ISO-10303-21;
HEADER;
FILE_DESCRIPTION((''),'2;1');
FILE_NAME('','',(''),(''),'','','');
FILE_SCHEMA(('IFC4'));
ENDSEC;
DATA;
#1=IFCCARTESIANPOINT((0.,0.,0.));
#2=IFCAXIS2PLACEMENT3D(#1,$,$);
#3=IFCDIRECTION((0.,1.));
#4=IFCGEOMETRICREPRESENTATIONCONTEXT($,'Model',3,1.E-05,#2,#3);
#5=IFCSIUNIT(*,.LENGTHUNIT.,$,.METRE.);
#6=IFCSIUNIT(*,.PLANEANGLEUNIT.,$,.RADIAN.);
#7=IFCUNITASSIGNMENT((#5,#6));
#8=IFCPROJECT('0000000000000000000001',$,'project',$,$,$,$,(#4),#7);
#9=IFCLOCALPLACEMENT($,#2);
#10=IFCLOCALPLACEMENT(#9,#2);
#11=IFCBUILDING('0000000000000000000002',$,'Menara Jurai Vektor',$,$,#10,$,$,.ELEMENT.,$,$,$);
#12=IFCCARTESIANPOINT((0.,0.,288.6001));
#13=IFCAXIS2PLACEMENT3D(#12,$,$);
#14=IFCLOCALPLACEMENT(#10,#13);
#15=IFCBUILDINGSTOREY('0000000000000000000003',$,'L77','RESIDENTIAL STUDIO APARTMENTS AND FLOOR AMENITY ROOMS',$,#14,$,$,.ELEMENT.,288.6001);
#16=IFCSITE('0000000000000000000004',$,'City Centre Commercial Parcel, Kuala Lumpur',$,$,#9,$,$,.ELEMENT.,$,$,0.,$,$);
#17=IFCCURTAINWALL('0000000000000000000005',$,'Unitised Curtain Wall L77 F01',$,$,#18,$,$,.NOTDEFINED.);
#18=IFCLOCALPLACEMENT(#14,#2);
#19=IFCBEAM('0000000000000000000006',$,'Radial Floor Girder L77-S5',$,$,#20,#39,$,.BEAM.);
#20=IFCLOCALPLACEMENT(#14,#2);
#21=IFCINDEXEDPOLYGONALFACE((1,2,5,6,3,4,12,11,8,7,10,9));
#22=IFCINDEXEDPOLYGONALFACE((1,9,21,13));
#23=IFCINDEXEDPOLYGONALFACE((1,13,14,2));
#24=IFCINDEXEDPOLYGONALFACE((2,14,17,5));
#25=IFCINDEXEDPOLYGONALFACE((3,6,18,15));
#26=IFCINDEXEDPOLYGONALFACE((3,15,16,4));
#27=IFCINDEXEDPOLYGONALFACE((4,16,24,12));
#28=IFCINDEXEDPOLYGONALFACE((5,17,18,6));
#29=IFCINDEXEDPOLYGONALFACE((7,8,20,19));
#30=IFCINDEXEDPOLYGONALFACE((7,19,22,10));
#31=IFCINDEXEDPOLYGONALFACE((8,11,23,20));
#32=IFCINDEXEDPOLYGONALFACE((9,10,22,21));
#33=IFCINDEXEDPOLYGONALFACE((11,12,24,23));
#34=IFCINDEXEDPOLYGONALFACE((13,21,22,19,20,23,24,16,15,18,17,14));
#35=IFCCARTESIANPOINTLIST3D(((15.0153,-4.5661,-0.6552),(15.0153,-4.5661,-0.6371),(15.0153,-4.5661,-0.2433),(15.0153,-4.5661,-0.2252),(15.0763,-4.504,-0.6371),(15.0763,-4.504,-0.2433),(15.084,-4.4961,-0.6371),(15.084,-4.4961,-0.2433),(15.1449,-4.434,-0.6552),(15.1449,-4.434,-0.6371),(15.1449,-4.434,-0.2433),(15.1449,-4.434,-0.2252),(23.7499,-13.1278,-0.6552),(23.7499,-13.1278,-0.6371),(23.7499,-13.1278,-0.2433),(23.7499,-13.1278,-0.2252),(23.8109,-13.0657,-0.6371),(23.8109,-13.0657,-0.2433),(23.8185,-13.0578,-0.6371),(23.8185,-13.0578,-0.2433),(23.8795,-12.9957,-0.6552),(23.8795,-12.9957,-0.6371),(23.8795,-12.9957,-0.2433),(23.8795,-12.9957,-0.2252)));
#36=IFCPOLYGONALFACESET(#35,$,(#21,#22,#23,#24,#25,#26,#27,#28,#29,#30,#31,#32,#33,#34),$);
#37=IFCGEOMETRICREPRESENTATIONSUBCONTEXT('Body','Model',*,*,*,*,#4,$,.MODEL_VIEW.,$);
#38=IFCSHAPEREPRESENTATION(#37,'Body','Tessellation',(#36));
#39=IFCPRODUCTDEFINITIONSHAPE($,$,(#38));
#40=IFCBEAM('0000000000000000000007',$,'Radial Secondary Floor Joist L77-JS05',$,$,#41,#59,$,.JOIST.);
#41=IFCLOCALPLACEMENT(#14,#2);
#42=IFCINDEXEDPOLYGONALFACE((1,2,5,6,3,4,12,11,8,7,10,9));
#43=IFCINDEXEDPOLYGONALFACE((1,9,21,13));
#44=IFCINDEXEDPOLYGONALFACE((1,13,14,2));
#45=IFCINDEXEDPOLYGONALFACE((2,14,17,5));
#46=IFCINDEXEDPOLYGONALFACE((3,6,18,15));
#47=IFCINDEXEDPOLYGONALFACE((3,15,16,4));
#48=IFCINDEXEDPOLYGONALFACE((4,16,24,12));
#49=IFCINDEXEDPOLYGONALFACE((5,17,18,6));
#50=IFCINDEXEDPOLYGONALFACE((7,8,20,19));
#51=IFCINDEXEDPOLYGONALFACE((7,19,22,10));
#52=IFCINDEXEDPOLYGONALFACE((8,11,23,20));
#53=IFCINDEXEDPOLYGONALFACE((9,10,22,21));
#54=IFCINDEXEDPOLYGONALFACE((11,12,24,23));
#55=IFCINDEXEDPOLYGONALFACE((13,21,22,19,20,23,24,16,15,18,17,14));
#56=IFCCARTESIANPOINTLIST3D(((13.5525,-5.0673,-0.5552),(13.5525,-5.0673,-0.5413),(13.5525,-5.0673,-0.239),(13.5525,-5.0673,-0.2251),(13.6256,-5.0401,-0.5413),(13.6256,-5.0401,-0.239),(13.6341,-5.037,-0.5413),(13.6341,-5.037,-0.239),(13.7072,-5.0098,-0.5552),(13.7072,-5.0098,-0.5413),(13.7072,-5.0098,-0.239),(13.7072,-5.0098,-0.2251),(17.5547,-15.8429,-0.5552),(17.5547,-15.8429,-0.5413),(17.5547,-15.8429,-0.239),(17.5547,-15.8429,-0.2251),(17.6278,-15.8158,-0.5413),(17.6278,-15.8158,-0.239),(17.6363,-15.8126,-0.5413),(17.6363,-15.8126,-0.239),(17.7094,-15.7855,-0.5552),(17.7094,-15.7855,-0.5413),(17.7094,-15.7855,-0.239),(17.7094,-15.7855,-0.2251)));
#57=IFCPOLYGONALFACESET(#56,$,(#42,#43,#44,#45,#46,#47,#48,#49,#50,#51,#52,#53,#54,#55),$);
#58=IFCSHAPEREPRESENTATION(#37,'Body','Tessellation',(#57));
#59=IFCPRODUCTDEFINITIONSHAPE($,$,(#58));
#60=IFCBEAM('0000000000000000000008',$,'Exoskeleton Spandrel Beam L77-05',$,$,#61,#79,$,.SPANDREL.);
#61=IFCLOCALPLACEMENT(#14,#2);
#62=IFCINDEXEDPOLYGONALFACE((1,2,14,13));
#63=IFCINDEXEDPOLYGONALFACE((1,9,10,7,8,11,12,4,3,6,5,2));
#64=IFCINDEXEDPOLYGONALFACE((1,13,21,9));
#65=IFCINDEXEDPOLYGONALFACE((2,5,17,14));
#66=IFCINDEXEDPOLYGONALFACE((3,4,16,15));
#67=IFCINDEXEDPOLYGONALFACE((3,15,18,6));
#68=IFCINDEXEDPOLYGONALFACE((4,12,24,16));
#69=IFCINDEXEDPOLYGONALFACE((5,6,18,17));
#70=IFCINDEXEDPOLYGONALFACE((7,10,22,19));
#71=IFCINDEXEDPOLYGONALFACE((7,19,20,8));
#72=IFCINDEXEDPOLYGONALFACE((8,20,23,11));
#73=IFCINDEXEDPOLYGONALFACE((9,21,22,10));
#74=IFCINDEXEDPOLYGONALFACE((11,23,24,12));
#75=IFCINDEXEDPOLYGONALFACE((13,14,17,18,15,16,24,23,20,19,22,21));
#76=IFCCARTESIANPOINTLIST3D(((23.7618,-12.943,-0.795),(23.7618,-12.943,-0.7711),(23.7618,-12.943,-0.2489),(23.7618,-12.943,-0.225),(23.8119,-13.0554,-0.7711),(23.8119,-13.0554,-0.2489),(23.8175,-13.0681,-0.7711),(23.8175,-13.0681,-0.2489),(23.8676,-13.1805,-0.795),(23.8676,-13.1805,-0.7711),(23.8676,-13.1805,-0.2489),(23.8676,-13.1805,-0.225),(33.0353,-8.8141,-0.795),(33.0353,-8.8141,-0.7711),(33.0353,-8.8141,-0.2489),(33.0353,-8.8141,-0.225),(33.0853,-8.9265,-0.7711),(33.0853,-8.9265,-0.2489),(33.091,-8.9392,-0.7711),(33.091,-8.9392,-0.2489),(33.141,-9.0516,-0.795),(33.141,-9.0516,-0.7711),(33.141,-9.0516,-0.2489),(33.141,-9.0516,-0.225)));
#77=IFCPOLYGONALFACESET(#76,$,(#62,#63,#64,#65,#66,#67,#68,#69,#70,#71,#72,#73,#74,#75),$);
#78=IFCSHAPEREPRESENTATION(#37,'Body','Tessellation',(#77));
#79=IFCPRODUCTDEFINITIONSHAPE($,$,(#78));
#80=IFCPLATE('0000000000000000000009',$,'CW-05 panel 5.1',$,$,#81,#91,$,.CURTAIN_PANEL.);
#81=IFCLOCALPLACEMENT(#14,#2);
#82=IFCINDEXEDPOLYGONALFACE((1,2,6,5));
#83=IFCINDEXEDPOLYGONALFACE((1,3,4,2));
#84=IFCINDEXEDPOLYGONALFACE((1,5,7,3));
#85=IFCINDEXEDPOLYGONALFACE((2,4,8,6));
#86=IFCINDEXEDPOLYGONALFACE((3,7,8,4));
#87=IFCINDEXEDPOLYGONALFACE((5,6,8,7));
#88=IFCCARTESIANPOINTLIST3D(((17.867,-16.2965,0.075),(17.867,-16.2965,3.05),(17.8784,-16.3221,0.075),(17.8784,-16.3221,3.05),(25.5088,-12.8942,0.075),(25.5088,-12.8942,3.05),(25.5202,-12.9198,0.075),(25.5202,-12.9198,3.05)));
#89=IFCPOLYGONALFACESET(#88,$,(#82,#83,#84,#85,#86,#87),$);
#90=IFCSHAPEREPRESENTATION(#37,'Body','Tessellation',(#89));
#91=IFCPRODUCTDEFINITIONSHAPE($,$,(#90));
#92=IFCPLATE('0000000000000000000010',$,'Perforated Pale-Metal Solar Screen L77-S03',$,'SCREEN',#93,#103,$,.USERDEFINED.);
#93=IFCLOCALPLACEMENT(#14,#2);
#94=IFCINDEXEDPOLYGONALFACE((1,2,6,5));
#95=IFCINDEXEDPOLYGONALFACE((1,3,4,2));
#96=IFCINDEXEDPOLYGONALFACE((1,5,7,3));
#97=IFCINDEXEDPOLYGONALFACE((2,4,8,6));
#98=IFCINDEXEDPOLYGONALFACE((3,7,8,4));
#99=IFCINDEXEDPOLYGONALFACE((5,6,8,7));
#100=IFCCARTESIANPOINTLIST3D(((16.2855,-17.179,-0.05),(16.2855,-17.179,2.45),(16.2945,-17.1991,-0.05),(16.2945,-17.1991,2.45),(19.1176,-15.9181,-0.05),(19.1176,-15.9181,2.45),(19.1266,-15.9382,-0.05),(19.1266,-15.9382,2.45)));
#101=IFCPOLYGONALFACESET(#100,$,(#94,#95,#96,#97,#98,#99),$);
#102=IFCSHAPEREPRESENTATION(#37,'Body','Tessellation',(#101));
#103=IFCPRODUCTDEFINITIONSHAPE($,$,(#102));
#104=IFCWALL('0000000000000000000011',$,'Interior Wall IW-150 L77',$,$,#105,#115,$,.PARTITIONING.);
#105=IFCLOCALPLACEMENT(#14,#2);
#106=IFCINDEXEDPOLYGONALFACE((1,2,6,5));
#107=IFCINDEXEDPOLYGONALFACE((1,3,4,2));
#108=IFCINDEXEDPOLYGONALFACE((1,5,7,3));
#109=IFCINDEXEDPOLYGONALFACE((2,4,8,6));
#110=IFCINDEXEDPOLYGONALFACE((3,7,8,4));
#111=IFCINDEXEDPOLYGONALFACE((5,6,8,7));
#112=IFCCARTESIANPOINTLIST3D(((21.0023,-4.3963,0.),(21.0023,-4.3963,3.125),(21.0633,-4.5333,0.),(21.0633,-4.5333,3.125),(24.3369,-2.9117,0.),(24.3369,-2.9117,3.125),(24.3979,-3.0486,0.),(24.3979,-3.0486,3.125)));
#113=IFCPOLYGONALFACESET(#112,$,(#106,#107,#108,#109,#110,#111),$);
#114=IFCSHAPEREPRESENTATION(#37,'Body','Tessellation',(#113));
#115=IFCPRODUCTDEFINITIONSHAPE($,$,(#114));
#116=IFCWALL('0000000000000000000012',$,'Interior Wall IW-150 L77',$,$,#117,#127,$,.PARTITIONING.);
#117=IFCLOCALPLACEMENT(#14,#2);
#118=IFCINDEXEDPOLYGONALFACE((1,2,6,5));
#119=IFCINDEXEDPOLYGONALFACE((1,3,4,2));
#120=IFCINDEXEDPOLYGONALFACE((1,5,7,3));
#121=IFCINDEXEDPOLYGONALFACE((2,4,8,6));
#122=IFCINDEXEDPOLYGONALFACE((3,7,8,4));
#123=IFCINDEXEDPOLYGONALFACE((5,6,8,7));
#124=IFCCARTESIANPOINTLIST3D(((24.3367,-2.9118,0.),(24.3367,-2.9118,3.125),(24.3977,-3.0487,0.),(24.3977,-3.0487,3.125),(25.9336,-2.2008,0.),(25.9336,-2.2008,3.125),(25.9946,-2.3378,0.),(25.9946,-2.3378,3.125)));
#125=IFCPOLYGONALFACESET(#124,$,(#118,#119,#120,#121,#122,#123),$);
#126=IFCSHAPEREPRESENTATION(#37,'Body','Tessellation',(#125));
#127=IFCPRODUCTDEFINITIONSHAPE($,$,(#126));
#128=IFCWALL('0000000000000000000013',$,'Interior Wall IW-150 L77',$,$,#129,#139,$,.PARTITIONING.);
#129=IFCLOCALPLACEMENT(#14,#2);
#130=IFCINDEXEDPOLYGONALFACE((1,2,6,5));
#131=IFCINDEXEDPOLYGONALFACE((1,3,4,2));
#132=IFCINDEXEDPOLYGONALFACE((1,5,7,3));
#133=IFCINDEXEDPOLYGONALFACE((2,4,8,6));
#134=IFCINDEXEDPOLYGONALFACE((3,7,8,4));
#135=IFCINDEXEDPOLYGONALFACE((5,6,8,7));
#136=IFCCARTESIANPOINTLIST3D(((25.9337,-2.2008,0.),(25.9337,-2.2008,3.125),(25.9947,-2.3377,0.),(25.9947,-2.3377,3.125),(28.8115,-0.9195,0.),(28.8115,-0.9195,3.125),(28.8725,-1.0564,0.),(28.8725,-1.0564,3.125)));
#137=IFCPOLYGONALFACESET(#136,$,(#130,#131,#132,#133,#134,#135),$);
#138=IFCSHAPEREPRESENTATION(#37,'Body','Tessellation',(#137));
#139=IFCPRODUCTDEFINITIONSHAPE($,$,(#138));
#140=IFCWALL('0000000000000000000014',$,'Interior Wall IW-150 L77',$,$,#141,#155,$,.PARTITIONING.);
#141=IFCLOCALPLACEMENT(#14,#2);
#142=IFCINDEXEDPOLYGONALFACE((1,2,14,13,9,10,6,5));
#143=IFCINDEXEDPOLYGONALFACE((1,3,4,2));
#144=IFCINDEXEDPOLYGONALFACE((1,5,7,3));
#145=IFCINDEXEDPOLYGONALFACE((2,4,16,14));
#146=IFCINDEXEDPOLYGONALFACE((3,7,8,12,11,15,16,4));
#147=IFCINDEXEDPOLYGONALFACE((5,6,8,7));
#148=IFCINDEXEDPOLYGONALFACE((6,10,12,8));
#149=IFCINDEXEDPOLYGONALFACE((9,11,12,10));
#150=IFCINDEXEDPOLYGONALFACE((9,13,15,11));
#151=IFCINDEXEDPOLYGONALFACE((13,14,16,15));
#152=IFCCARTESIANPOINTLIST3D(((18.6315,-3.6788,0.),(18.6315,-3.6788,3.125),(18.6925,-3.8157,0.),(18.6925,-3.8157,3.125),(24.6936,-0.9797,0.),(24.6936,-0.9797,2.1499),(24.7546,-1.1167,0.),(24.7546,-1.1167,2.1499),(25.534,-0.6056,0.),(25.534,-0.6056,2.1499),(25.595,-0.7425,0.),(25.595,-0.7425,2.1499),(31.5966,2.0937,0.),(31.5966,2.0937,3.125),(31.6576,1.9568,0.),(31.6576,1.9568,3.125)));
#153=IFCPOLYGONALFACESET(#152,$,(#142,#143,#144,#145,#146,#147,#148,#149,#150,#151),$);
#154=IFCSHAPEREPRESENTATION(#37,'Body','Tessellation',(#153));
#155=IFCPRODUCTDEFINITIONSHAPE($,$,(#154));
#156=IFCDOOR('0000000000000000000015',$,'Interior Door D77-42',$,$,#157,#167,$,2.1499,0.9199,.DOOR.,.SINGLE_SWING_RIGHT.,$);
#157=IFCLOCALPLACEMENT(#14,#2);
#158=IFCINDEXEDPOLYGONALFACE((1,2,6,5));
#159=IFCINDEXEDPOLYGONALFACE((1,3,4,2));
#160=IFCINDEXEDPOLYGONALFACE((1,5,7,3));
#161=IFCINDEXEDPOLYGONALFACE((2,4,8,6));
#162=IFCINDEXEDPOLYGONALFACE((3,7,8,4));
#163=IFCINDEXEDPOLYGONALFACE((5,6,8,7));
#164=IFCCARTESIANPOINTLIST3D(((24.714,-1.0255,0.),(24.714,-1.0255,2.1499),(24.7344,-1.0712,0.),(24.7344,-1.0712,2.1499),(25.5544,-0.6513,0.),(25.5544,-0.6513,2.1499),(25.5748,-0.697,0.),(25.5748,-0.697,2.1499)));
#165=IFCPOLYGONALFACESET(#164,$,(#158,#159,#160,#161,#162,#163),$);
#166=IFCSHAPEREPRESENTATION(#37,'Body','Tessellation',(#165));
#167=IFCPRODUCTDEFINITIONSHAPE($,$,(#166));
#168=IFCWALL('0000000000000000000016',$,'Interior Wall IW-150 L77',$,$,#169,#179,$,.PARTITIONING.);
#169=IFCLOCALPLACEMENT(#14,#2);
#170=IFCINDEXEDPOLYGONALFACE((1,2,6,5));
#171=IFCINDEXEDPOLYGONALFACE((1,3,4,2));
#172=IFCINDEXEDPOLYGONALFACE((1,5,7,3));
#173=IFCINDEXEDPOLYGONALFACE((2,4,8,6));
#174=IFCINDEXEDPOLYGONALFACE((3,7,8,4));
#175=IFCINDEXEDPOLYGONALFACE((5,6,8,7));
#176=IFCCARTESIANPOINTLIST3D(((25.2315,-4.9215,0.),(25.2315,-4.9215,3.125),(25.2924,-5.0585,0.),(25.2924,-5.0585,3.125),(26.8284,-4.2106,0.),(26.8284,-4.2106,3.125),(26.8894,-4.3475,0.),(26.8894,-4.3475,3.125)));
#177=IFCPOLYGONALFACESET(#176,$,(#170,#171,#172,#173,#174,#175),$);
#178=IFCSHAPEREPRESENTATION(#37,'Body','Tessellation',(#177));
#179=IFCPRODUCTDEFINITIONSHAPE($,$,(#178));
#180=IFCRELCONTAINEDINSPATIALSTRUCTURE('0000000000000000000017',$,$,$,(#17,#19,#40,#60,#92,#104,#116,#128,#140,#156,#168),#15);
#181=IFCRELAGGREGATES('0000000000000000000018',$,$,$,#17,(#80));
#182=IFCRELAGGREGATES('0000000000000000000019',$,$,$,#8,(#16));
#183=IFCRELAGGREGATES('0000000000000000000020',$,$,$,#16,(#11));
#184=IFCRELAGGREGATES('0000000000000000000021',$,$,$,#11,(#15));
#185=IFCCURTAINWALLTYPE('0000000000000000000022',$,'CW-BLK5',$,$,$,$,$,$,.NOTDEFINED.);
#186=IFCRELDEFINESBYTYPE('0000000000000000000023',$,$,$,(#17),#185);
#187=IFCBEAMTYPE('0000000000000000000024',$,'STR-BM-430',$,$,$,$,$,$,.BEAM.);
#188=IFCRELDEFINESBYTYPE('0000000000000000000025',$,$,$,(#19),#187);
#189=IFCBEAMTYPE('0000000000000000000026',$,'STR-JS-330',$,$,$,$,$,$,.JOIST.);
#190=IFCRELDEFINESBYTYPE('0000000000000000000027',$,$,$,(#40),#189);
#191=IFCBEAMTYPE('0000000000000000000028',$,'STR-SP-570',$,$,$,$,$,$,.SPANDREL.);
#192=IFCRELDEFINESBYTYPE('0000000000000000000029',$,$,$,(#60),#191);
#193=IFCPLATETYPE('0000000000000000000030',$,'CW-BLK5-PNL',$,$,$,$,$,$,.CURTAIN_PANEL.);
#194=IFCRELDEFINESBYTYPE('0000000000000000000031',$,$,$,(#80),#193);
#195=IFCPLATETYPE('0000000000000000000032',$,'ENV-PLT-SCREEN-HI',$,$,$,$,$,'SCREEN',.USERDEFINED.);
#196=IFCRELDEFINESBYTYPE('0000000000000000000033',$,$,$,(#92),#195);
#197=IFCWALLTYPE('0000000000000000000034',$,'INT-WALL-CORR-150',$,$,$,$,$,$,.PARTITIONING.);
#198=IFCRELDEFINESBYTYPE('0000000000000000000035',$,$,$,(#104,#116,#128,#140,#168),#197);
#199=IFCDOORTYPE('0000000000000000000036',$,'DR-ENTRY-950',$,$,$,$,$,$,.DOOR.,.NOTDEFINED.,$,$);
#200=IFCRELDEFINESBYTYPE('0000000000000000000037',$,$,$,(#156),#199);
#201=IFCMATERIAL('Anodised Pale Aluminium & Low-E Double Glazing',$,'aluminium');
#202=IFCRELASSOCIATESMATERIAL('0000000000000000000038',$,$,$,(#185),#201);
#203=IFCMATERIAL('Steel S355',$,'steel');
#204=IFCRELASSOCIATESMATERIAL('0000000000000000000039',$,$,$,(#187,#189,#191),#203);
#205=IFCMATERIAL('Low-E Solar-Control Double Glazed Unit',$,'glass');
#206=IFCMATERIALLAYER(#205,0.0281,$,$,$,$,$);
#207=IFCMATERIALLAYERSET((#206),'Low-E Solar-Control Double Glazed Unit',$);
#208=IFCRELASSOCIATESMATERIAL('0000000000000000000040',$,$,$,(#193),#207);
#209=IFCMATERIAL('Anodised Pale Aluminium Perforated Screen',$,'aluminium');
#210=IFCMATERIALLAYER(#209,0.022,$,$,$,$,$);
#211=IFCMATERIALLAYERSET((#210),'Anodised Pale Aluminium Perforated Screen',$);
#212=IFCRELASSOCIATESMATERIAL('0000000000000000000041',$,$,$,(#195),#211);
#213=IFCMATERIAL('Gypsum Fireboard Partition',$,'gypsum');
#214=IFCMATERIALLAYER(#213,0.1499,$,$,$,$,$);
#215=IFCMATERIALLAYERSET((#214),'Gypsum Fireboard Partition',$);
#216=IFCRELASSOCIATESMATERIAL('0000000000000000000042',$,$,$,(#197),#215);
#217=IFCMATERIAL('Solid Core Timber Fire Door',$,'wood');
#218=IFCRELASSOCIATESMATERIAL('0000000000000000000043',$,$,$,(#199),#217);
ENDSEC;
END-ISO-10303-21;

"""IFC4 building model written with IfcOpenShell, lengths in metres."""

from ifc_helpers import new_model, si_unit, direction, frame, frame_2d, origin, origin_2d, place, context, subcontext, project, spatial, rectangle, i_section, extrude, material, layer, layer_set, material_profile, profile_set, type_object, element, fill, aggregate, save


model = new_model("IFC4")

# Units and contexts
model_context = context("Model", 3, precision=1e-05, world=origin(), true_north=direction((0.0, 1.0)))
body_context = subcontext(model_context, "Body", "Model", "MODEL_VIEW")
ifc_project = project(units=[si_unit("LENGTHUNIT", "METRE"), si_unit("PLANEANGLEUNIT", "RADIAN")], contexts=[model_context])

# Site, building, storey
site_placement = place(None, origin())
site = spatial("IfcSite", under=ifc_project, at=site_placement, Name="City Centre Commercial Parcel, Kuala Lumpur", CompositionType="ELEMENT", RefElevation=0.0)
building_placement = place(site_placement, origin())
building = spatial("IfcBuilding", under=site, at=building_placement, Name="Menara Jurai Vektor", CompositionType="ELEMENT")
storey_placement = place(building_placement, frame((0.0, 0.0, 288.6001)))
storey = spatial("IfcBuildingStorey", under=building, at=storey_placement, Name="L77", Description="RESIDENTIAL STUDIO APARTMENTS AND FLOOR AMENITY ROOMS", CompositionType="ELEMENT", Elevation=288.6001)

# Curtain wall
ifc_material_1 = material(Name="Anodised Pale Aluminium & Low-E Double Glazing", Category="aluminium")
curtain_wall_type = type_object("IfcCurtainWallType", Name="CW-BLK5", PredefinedType="NOTDEFINED", material=ifc_material_1)
curtain_wall_placement = place(storey_placement, origin())
curtain_wall = element("IfcCurtainWall", 1, at=curtain_wall_placement, inside=storey, type_object=curtain_wall_type, Name="Unitised Curtain Wall L77 F01", PredefinedType="NOTDEFINED")

# Beams
ifc_material_2 = material(Name="Steel S355", Category="steel")
ifc_material_profile_1 = material_profile(ifc_material_2, i_section(OverallWidth=0.1851, OverallDepth=0.4299, WebThickness=0.011, FlangeThickness=0.0181, at=origin_2d()), Name="PG 430x185x76")
ifc_profile_set_1 = profile_set([ifc_material_profile_1], Name="Steel S355")
beam_type_1 = type_object("IfcBeamType", Name="STR-BM-430", PredefinedType="BEAM", material=ifc_profile_set_1)
beam_1_placement = place(storey_placement, frame((23.8147, -13.0618, -0.4402), z_axis=(-0.714138, 0.700005, 0.0), x_axis=(-0.700005, -0.714138, 0.0)))
element("IfcBeam", 2, at=beam_1_placement, inside=storey, type_object=beam_type_1, Name="Radial Floor Girder L77-S5", PredefinedType="BEAM", context=body_context, shape_type="SweptSolid", body=[
    extrude(i_section(OverallWidth=0.1851, OverallDepth=0.4299, WebThickness=0.011, FlangeThickness=0.0181, at=origin_2d()), origin(), (0.0, 0.0, 1.0), 12.231),
])
ifc_material_profile_2 = material_profile(ifc_material_2, i_section(OverallWidth=0.165, OverallDepth=0.3301, WebThickness=0.009, FlangeThickness=0.0139, at=origin_2d()), Name="PG 330x165x46")
ifc_profile_set_2 = profile_set([ifc_material_profile_2], Name="Steel S355")
beam_type_2 = type_object("IfcBeamType", Name="STR-JS-330", PredefinedType="JOIST", material=ifc_profile_set_2)
beam_2_placement = place(storey_placement, frame((17.6321, -15.8142, -0.3901), z_axis=(-0.348173, 0.93743, 0.0), x_axis=(-0.93743, -0.348173, 0.0)))
element("IfcBeam", 3, at=beam_2_placement, inside=storey, type_object=beam_type_2, Name="Radial Secondary Floor Joist L77-JS05", PredefinedType="JOIST", context=body_context, shape_type="SweptSolid", body=[
    extrude(i_section(OverallWidth=0.165, OverallDepth=0.3301, WebThickness=0.009, FlangeThickness=0.0139, at=origin_2d()), origin(), (0.0, 0.0, 1.0), 11.4949),
])
ifc_material_profile_3 = material_profile(ifc_material_2, i_section(OverallWidth=0.26, OverallDepth=0.5701, WebThickness=0.0139, FlangeThickness=0.0239, at=origin_2d()), Name="PG 570x260x145")
ifc_profile_set_3 = profile_set([ifc_material_profile_3], Name="Steel S355")
beam_type_3 = type_object("IfcBeamType", Name="STR-SP-570", PredefinedType="SPANDREL", material=ifc_profile_set_3)
beam_3_placement = place(storey_placement, frame((23.8147, -13.0618, -0.51), z_axis=(0.913542, 0.406745, 0.0), x_axis=(-0.406745, 0.913542, 0.0)))
element("IfcBeam", 4, at=beam_3_placement, inside=storey, type_object=beam_type_3, Name="Exoskeleton Spandrel Beam L77-05", PredefinedType="SPANDREL", context=body_context, shape_type="SweptSolid", body=[
    extrude(i_section(OverallWidth=0.26, OverallDepth=0.5701, WebThickness=0.0139, FlangeThickness=0.0239, at=origin_2d()), origin(), (0.0, 0.0, 1.0), 10.1511),
])

# Plates
ifc_material_3 = material(Name="Low-E Solar-Control Double Glazed Unit", Category="glass")
ifc_layer_1 = layer(ifc_material_3, 0.0281)
ifc_layer_set_1 = layer_set([ifc_layer_1], Name="Low-E Solar-Control Double Glazed Unit")
plate_type_1 = type_object("IfcPlateType", Name="CW-BLK5-PNL", PredefinedType="CURTAIN_PANEL", material=ifc_layer_set_1)
plate_1_placement = place(storey_placement, frame((21.6936, -14.6082, 0.075), z_axis=(0.0, 0.0, 1.0), x_axis=(0.913546, 0.406735, 0.0)))
plate_1 = element("IfcPlate", 5, at=plate_1_placement, type_object=plate_type_1, Name="CW-05 panel 5.1", PredefinedType="CURTAIN_PANEL", context=body_context, shape_type="SweptSolid", body=[
    extrude(rectangle(XDim=8.365, YDim=0.0281, at=origin_2d()), origin(), (0.0, 0.0, 1.0), 2.9751),
])
aggregate(curtain_wall, [plate_1])
ifc_material_4 = material(Name="Anodised Pale Aluminium Perforated Screen", Category="aluminium")
ifc_layer_2 = layer(ifc_material_4, 0.022)
ifc_layer_set_2 = layer_set([ifc_layer_2], Name="Anodised Pale Aluminium Perforated Screen")
plate_type_2 = type_object("IfcPlateType", Name="ENV-PLT-SCREEN-HI", ElementType="SCREEN", PredefinedType="USERDEFINED", material=ifc_layer_set_2)
plate_2_placement = place(storey_placement, frame((17.7061, -16.5586, -0.05), z_axis=(0.0, 0.0, 1.0), x_axis=(0.913545, 0.406737, 0.0)))
element("IfcPlate", 6, at=plate_2_placement, inside=storey, type_object=plate_type_2, Name="Perforated Pale-Metal Solar Screen L77-S03", ObjectType="SCREEN", PredefinedType="USERDEFINED", context=body_context, shape_type="SweptSolid", body=[
    extrude(rectangle(XDim=3.1001, YDim=0.022, at=origin_2d()), origin(), (0.0, 0.0, 1.0), 2.5),
])

# Walls
ifc_material_5 = material(Name="Gypsum Fireboard Partition", Category="gypsum")
ifc_layer_3 = layer(ifc_material_5, 0.1499)
ifc_layer_set_3 = layer_set([ifc_layer_3], Name="Gypsum Fireboard Partition")
wall_type_1 = type_object("IfcWallType", Name="INT-WALL-CORR-150", PredefinedType="PARTITIONING", material=ifc_layer_set_3)
wall_1_placement = place(storey_placement, frame((21.0327, -4.4648, 0.0), z_axis=(0.0, 0.0, 1.0), x_axis=(0.913544, 0.40674, 0.0)))
element("IfcWall", 7, at=wall_1_placement, inside=storey, type_object=wall_type_1, Name="Interior Wall IW-150 L77", PredefinedType="PARTITIONING", context=body_context, shape_type="SweptSolid", body=[
    extrude(rectangle(XDim=3.6501, YDim=0.1499, at=frame_2d((1.8252, 0.0))), origin(), (0.0, 0.0, 1.0), 3.125),
])
wall_2_placement = place(storey_placement, frame((24.3672, -2.9802, 0.0), z_axis=(0.0, 0.0, 1.0), x_axis=(0.913558, 0.406709, 0.0)))
element("IfcWall", 8, at=wall_2_placement, inside=storey, type_object=wall_type_1, Name="Interior Wall IW-150 L77", PredefinedType="PARTITIONING", context=body_context, shape_type="SweptSolid", body=[
    extrude(rectangle(XDim=1.748, YDim=0.1499, at=frame_2d((0.874, 0.0))), origin(), (0.0, 0.0, 1.0), 3.125),
])
wall_3_placement = place(storey_placement, frame((25.9641, -2.2693, 0.0), z_axis=(0.0, 0.0, 1.0), x_axis=(0.913543, 0.406742, 0.0)))
element("IfcWall", 9, at=wall_3_placement, inside=storey, type_object=wall_type_1, Name="Interior Wall IW-150 L77", PredefinedType="PARTITIONING", context=body_context, shape_type="SweptSolid", body=[
    extrude(rectangle(XDim=3.1501, YDim=0.1499, at=frame_2d((1.5752, 0.0))), origin(), (0.0, 0.0, 1.0), 3.125),
])

# Wall, opening, door
wall_4_placement = place(storey_placement, frame((18.6619, -3.7473, 0.0), z_axis=(0.0, 0.0, 1.0), x_axis=(0.913545, 0.406739, 0.0)))
wall_4 = element("IfcWall", 10, at=wall_4_placement, inside=storey, type_object=wall_type_1, Name="Interior Wall IW-150 L77", PredefinedType="PARTITIONING", context=body_context, shape_type="SweptSolid", body=[
    extrude(rectangle(XDim=14.1921, YDim=0.1499, at=frame_2d((7.0962, 0.0))), origin(), (0.0, 0.0, 1.0), 3.125),
])
opening_1_placement = place(wall_4_placement, frame((6.636, 0.0, 0.0)))
opening_1 = element("IfcOpeningElement", 11, at=opening_1_placement, cuts=wall_4, PredefinedType="OPENING", context=body_context, shape_type="SweptSolid", body=[
    extrude(rectangle(XDim=0.9199, YDim=2.1499, at=frame_2d((0.46, 1.075))), frame((0.0, 0.085, 0.0), z_axis=(0.0, -1.0, 0.0), x_axis=(1.0, 0.0, 0.0)), (0.0, 0.0, 1.0), 0.1699),
])
ifc_material_6 = material(Name="Solid Core Timber Fire Door", Category="wood")
door_type_1 = type_object("IfcDoorType", Name="DR-ENTRY-950", OperationType="NOTDEFINED", PredefinedType="DOOR", material=ifc_material_6)
door_1_placement = place(opening_1_placement, origin())
door_1 = element("IfcDoor", 12, at=door_1_placement, inside=storey, type_object=door_type_1, Name="Interior Door D77-42", OperationType="SINGLE_SWING_RIGHT", OverallHeight=2.1499, OverallWidth=0.9199, PredefinedType="DOOR", context=body_context, shape_type="SweptSolid", body=[
    extrude(rectangle(XDim=0.9199, YDim=2.1499, at=frame_2d((0.46, 1.075))), frame((0.0, 0.0249, 0.0), z_axis=(0.0, -1.0, 0.0), x_axis=(1.0, 0.0, 0.0)), (0.0, 0.0, 1.0), 0.05),
])
fill(opening_1, door_1)

# Wall
wall_5_placement = place(storey_placement, frame((25.262, -4.99, 0.0), z_axis=(0.0, 0.0, 1.0), x_axis=(0.913558, 0.406709, 0.0)))
element("IfcWall", 13, at=wall_5_placement, inside=storey, type_object=wall_type_1, Name="Interior Wall IW-150 L77", PredefinedType="PARTITIONING", context=body_context, shape_type="SweptSolid", body=[
    extrude(rectangle(XDim=1.748, YDim=0.1499, at=frame_2d((0.874, 0.0))), origin(), (0.0, 0.0, 1.0), 3.125),
])

save(model, "model.ifc")
